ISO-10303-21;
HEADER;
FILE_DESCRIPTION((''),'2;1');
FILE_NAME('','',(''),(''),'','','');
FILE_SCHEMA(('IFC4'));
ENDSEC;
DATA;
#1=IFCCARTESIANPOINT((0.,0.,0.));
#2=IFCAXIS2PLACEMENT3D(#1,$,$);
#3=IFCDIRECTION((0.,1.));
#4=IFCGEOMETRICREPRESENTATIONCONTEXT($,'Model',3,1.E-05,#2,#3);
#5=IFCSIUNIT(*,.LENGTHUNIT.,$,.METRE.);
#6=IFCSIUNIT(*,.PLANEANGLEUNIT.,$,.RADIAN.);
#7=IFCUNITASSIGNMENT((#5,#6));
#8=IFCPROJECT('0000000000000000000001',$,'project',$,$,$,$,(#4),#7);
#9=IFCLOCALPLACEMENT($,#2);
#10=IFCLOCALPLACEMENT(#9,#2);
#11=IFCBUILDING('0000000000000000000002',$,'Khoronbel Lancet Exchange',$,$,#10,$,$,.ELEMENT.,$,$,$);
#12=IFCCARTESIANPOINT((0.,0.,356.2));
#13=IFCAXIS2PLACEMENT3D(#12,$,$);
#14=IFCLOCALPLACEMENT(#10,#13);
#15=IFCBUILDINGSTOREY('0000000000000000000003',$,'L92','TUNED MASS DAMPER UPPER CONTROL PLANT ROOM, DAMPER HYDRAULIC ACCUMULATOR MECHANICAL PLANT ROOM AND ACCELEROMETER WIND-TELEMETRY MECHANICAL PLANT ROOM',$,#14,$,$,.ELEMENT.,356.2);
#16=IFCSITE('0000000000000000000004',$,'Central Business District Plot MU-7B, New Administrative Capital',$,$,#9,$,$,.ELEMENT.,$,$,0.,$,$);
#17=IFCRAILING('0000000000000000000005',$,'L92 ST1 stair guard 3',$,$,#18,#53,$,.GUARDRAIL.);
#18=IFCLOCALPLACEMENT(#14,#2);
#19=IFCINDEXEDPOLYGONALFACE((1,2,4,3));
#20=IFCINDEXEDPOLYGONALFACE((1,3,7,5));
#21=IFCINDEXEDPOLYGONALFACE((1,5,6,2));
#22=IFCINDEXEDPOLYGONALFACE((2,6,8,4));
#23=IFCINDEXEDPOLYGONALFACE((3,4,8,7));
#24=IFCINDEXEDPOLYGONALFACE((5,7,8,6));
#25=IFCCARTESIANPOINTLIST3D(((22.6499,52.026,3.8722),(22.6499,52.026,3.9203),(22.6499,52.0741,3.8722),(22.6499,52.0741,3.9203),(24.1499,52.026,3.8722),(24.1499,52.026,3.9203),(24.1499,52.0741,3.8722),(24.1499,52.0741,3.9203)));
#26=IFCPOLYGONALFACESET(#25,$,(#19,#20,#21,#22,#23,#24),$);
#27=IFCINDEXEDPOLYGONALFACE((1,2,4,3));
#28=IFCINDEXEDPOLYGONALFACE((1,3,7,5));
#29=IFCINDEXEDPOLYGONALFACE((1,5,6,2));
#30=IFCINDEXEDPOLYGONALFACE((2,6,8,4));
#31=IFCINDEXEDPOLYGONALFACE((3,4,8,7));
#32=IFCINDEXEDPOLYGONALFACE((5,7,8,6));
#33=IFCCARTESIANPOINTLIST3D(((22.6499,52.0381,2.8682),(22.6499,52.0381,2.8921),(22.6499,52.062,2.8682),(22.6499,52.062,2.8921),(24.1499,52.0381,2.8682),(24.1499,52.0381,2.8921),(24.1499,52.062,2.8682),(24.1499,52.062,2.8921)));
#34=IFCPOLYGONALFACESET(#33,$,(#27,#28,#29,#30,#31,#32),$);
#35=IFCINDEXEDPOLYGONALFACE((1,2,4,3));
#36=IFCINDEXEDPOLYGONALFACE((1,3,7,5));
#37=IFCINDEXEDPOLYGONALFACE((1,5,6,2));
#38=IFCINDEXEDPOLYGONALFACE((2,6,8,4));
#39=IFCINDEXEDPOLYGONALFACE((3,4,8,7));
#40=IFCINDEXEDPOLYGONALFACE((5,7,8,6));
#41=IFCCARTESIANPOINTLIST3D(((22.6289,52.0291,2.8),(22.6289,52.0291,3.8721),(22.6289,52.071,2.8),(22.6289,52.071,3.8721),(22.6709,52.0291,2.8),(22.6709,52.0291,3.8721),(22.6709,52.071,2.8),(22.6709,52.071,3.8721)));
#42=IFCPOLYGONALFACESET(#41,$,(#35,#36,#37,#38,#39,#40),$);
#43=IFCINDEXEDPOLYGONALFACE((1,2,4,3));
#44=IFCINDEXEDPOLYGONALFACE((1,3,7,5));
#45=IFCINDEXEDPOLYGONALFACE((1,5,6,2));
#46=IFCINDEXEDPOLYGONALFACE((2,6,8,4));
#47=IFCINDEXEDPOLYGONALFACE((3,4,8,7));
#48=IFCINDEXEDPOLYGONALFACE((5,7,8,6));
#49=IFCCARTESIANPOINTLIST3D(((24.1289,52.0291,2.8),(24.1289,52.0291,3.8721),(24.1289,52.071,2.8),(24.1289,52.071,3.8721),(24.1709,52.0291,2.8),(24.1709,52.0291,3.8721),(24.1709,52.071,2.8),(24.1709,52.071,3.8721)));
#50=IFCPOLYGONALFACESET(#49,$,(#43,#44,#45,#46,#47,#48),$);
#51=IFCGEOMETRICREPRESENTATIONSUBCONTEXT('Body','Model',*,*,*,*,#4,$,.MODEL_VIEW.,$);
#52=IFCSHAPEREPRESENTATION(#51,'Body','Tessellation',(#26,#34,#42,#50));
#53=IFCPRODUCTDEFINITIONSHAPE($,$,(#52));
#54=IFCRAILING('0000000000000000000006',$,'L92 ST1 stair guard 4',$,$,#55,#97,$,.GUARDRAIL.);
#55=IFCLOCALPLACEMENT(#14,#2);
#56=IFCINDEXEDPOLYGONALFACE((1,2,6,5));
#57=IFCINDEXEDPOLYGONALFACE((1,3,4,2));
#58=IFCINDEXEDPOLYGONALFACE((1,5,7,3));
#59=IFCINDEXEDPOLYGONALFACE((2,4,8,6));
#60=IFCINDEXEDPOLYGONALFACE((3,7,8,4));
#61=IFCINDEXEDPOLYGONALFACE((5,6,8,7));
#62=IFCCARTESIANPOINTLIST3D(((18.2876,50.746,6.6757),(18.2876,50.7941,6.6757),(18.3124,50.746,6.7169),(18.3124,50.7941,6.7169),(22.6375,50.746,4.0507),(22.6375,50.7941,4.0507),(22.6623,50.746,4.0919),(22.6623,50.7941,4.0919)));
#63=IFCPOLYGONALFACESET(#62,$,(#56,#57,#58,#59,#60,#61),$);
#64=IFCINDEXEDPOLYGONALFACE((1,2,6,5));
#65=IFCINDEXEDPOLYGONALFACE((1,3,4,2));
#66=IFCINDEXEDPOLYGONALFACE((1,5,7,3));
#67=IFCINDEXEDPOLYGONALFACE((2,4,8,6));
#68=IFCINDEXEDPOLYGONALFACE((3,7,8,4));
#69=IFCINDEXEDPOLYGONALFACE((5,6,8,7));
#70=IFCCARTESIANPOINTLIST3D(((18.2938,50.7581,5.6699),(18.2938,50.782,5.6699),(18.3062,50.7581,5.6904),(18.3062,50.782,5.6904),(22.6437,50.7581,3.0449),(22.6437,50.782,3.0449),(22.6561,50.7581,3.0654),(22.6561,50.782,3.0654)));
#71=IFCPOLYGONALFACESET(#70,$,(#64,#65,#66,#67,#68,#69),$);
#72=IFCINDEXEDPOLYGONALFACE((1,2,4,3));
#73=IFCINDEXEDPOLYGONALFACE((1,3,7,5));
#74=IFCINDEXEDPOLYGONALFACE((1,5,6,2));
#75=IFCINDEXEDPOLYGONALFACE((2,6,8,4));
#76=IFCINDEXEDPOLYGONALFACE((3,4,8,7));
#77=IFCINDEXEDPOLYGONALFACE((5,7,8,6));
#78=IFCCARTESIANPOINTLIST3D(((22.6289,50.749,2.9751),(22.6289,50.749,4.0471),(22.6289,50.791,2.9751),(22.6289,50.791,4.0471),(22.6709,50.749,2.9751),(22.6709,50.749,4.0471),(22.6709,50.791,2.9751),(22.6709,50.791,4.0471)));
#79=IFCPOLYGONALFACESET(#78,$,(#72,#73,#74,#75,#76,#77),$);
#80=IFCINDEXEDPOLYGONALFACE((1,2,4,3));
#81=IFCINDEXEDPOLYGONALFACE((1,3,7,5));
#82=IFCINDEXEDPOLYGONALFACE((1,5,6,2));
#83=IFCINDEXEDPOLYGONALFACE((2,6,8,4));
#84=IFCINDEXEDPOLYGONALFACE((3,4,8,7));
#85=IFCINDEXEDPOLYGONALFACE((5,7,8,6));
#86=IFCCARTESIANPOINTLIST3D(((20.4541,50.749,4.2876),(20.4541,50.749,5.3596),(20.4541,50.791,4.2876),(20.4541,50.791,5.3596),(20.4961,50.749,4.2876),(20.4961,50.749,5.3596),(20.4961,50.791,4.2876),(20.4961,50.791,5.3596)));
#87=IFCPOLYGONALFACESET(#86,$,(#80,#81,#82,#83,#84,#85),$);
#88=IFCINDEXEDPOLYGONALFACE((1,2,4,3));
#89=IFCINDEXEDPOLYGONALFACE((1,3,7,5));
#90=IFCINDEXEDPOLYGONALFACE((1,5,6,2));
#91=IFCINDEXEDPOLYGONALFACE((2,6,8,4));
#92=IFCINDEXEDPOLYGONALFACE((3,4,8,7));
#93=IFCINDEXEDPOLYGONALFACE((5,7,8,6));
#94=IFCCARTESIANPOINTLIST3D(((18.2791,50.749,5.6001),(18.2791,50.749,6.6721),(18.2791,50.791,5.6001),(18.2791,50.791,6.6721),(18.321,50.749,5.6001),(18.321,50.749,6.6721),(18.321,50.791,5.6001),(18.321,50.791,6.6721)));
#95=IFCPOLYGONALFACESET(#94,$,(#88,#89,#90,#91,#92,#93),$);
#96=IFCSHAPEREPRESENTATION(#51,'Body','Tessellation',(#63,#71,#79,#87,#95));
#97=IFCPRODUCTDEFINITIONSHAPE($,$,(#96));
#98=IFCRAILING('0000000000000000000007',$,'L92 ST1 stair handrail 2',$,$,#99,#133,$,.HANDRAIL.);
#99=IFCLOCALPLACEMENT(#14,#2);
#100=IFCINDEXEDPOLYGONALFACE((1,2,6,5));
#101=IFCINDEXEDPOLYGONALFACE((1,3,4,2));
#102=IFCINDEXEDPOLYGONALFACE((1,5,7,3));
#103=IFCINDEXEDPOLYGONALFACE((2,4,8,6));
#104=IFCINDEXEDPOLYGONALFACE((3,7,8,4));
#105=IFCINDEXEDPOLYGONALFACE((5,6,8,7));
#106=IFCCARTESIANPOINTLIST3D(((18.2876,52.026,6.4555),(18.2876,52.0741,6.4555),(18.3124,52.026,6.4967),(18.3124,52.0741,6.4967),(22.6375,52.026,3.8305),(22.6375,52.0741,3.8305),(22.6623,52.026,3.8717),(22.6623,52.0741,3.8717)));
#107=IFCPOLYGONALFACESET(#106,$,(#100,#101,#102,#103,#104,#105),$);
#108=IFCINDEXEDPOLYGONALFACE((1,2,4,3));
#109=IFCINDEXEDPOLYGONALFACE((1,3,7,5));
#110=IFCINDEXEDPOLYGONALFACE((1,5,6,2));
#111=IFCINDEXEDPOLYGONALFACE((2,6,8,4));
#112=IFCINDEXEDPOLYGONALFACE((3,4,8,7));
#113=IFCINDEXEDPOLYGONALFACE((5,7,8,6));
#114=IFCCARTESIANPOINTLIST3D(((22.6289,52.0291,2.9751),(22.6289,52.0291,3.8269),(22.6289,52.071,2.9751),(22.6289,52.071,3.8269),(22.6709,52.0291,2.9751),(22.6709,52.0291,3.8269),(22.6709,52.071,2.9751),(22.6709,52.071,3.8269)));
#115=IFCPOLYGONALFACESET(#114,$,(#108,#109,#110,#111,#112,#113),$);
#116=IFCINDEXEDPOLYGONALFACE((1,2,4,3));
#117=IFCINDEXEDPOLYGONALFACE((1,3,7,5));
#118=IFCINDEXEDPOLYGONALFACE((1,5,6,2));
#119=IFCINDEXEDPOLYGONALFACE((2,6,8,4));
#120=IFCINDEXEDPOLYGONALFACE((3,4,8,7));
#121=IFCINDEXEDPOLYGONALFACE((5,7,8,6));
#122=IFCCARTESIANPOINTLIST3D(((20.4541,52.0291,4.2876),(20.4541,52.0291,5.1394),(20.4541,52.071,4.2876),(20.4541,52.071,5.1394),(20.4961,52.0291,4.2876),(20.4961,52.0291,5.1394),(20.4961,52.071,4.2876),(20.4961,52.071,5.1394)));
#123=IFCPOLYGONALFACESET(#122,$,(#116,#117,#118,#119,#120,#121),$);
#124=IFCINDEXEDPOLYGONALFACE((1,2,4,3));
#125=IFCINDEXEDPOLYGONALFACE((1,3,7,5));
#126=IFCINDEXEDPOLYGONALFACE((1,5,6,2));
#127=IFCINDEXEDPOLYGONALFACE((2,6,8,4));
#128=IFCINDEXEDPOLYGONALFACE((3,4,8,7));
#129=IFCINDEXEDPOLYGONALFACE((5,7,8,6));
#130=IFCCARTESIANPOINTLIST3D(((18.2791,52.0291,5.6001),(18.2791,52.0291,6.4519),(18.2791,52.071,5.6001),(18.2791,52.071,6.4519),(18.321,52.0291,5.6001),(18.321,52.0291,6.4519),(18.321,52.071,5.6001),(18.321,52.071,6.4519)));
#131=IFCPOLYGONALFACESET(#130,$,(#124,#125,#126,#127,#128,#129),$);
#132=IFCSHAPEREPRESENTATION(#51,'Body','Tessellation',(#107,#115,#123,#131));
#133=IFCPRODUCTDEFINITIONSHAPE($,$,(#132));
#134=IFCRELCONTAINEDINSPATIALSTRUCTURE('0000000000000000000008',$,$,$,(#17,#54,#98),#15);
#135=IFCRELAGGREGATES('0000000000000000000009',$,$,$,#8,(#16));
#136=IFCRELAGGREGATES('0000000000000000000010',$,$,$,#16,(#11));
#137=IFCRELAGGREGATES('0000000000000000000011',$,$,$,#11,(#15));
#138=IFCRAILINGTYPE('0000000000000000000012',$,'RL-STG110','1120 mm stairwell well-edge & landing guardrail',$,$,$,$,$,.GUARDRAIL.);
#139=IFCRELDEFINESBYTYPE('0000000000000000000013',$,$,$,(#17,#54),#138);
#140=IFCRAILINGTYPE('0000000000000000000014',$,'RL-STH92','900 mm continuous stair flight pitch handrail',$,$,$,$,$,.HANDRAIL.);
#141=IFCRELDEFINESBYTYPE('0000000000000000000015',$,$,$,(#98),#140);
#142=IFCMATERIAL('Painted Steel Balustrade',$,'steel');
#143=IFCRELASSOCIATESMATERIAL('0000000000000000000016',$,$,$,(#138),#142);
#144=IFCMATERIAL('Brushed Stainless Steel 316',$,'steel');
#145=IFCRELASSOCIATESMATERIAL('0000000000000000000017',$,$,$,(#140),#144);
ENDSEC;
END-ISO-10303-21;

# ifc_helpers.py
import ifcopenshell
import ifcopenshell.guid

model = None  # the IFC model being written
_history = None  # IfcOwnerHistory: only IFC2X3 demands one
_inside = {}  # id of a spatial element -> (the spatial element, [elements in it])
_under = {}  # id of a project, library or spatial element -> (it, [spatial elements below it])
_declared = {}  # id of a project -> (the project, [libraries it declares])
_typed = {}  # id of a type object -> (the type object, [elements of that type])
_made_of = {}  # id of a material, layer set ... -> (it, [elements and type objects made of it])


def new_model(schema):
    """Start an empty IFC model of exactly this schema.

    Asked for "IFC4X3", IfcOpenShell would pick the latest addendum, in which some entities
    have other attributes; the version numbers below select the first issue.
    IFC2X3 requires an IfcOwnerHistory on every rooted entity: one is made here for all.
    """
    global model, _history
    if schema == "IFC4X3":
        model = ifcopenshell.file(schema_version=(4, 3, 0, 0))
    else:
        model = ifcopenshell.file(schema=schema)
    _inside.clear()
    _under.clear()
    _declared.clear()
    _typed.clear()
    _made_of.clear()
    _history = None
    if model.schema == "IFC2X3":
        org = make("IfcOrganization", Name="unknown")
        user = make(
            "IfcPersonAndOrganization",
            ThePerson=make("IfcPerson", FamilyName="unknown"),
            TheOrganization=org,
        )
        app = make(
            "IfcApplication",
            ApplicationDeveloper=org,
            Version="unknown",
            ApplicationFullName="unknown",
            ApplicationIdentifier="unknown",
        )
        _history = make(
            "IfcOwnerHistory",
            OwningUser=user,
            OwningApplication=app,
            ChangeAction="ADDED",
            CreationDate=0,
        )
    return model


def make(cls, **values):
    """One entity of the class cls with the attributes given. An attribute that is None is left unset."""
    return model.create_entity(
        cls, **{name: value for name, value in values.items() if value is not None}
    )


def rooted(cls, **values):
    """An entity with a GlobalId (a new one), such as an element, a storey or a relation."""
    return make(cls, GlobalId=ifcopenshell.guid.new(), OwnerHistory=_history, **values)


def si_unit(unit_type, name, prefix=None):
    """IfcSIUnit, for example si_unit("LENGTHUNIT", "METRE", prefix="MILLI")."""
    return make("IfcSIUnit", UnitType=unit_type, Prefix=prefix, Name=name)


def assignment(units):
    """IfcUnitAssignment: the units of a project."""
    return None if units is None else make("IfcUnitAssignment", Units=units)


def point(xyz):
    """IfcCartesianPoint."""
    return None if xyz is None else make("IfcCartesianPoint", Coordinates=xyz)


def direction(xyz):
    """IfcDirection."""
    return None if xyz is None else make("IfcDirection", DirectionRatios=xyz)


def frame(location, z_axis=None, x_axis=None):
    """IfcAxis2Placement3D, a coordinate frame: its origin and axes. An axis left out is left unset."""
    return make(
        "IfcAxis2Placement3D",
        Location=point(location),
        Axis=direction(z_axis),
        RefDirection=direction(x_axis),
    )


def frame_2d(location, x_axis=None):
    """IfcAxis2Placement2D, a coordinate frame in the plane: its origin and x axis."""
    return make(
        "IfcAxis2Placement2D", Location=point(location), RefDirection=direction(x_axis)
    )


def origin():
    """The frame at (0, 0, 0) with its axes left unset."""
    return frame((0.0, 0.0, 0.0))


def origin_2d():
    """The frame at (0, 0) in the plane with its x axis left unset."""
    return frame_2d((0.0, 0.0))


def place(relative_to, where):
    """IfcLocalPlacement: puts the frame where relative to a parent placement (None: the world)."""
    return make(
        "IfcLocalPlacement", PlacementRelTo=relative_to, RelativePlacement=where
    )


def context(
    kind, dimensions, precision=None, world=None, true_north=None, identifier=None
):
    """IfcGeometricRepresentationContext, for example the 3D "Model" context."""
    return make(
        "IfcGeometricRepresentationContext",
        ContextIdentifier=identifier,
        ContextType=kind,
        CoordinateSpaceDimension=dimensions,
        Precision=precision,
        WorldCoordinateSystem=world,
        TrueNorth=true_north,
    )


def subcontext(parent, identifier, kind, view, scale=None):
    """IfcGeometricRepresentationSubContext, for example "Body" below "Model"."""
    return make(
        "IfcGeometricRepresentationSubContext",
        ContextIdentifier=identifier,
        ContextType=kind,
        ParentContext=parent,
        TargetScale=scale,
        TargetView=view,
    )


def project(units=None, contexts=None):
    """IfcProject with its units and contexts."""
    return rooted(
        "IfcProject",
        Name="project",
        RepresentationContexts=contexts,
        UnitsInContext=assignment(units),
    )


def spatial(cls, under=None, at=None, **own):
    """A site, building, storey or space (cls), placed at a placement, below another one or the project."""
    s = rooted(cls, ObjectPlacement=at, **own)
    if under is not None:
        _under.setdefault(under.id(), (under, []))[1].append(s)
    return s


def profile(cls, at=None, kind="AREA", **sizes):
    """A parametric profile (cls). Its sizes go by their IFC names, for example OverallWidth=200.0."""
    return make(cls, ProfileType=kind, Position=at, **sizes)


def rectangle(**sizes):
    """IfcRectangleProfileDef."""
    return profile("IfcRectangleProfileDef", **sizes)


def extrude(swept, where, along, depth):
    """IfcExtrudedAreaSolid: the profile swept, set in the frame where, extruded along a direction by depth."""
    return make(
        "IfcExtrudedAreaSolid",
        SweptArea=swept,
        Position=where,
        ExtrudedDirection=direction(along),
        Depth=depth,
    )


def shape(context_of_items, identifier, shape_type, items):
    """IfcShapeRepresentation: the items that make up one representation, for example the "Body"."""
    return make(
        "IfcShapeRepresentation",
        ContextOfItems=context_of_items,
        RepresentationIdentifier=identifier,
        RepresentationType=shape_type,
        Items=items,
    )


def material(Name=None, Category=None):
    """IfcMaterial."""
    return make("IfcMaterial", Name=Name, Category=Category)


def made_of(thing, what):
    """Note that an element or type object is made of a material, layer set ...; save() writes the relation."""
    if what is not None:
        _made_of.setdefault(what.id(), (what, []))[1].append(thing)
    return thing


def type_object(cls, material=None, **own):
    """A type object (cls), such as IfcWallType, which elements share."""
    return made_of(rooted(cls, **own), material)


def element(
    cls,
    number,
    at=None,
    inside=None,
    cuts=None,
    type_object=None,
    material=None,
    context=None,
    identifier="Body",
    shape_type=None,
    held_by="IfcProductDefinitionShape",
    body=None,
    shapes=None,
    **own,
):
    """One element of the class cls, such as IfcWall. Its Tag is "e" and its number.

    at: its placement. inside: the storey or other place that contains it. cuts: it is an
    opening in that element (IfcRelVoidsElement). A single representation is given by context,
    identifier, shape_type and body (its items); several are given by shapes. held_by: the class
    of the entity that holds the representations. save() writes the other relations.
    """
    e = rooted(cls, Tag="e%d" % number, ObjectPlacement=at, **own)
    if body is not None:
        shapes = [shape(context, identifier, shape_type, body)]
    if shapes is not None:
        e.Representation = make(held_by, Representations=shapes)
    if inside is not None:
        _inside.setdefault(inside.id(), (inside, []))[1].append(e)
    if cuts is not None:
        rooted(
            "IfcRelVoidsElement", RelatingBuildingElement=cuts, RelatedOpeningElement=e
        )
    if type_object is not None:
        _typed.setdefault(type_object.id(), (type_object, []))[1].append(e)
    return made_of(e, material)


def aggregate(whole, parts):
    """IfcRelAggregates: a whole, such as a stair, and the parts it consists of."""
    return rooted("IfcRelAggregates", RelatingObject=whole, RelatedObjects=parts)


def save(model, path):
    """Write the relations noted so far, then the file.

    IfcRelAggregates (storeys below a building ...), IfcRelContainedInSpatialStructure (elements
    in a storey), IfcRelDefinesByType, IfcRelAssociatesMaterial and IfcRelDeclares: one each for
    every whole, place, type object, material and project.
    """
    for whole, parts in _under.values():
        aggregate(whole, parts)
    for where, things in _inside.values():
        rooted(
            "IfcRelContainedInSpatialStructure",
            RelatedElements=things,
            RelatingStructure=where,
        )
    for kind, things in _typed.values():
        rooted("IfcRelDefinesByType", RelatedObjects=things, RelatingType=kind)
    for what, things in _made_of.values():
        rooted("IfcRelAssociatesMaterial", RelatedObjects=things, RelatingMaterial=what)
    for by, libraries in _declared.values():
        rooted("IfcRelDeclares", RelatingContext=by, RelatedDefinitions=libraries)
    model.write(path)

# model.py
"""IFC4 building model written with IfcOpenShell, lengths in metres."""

from ifc_helpers import new_model, si_unit, direction, frame, origin, origin_2d, place, context, subcontext, project, spatial, rectangle, extrude, material, type_object, element, save


model = new_model("IFC4")

# Units and contexts
model_context = context("Model", 3, precision=1e-05, world=origin(), true_north=direction((0.0, 1.0)))
body_context = subcontext(model_context, "Body", "Model", "MODEL_VIEW")
ifc_project = project(units=[si_unit("LENGTHUNIT", "METRE"), si_unit("PLANEANGLEUNIT", "RADIAN")], contexts=[model_context])

# Site, building, storey
site_placement = place(None, origin())
site = spatial("IfcSite", under=ifc_project, at=site_placement, Name="Central Business District Plot MU-7B, New Administrative Capital", CompositionType="ELEMENT", RefElevation=0.0)
building_placement = place(site_placement, origin())
building = spatial("IfcBuilding", under=site, at=building_placement, Name="Khoronbel Lancet Exchange", CompositionType="ELEMENT")
storey_placement = place(building_placement, frame((0.0, 0.0, 356.2)))
storey = spatial("IfcBuildingStorey", under=building, at=storey_placement, Name="L92", Description="TUNED MASS DAMPER UPPER CONTROL PLANT ROOM, DAMPER HYDRAULIC ACCUMULATOR MECHANICAL PLANT ROOM AND ACCELEROMETER WIND-TELEMETRY MECHANICAL PLANT ROOM", CompositionType="ELEMENT", Elevation=356.2)

# Railings
ifc_material_1 = material(Name="Painted Steel Balustrade", Category="steel")
railing_type_1 = type_object("IfcRailingType", Name="RL-STG110", Description="1120 mm stairwell well-edge & landing guardrail", PredefinedType="GUARDRAIL", material=ifc_material_1)
railing_1_placement = place(storey_placement, frame((22.6499, 52.05, 2.8)))
element("IfcRailing", 1, at=railing_1_placement, inside=storey, type_object=railing_type_1, Name="L92 ST1 stair guard 3", PredefinedType="GUARDRAIL", context=body_context, shape_type="SweptSolid", body=[
    extrude(rectangle(XDim=0.0481, YDim=0.0481, at=origin_2d()), frame((0.0, 0.0, 1.0962), z_axis=(1.0, 0.0, 0.0), x_axis=(0.0, 1.0, 0.0)), (0.0, 0.0, 1.0), 1.5),
    extrude(rectangle(XDim=0.0239, YDim=0.0239, at=origin_2d()), frame((0.0, 0.0, 0.0801), z_axis=(1.0, 0.0, 0.0), x_axis=(0.0, 1.0, 0.0)), (0.0, 0.0, 1.0), 1.5),
    extrude(rectangle(XDim=0.042, YDim=0.042, at=origin_2d()), origin(), (0.0, 0.0, 1.0), 1.072),
    extrude(rectangle(XDim=0.042, YDim=0.042, at=origin_2d()), frame((1.5, 0.0, 0.0)), (0.0, 0.0, 1.0), 1.072),
])
railing_2_placement = place(storey_placement, frame((22.6499, 50.77, 2.9751)))
element("IfcRailing", 2, at=railing_2_placement, inside=storey, type_object=railing_type_1, Name="L92 ST1 stair guard 4", PredefinedType="GUARDRAIL", context=body_context, shape_type="SweptSolid", body=[
    extrude(rectangle(XDim=0.0481, YDim=0.0481, at=origin_2d()), frame((0.0, 0.0, 1.0962), z_axis=(-0.85618, 0.0, 0.516678), x_axis=(0.0, -1.0, 0.0)), (0.0, 0.0, 1.0), 5.0806),
    extrude(rectangle(XDim=0.0239, YDim=0.0239, at=origin_2d()), frame((0.0, 0.0, 0.0801), z_axis=(-0.85618, 0.0, 0.516678), x_axis=(0.0, -1.0, 0.0)), (0.0, 0.0, 1.0), 5.0806),
    extrude(rectangle(XDim=0.042, YDim=0.042, at=origin_2d()), origin(), (0.0, 0.0, 1.0), 1.072),
    extrude(rectangle(XDim=0.042, YDim=0.042, at=origin_2d()), frame((-2.1748, 0.0, 1.3125)), (0.0, 0.0, 1.0), 1.072),
    extrude(rectangle(XDim=0.042, YDim=0.042, at=origin_2d()), frame((-4.3499, 0.0, 2.625)), (0.0, 0.0, 1.0), 1.072),
])
ifc_material_2 = material(Name="Brushed Stainless Steel 316", Category="steel")
railing_type_2 = type_object("IfcRailingType", Name="RL-STH92", Description="900 mm continuous stair flight pitch handrail", PredefinedType="HANDRAIL", material=ifc_material_2)
railing_3_placement = place(storey_placement, frame((22.6499, 52.05, 2.9751)))
element("IfcRailing", 3, at=railing_3_placement, inside=storey, type_object=railing_type_2, Name="L92 ST1 stair handrail 2", PredefinedType="HANDRAIL", context=body_context, shape_type="SweptSolid", body=[
    extrude(rectangle(XDim=0.0481, YDim=0.0481, at=origin_2d()), frame((0.0, 0.0, 0.876), z_axis=(-0.85618, 0.0, 0.516678), x_axis=(0.0, -1.0, 0.0)), (0.0, 0.0, 1.0), 5.0806),
    extrude(rectangle(XDim=0.042, YDim=0.042, at=origin_2d()), origin(), (0.0, 0.0, 1.0), 0.8518),
    extrude(rectangle(XDim=0.042, YDim=0.042, at=origin_2d()), frame((-2.1748, 0.0, 1.3125)), (0.0, 0.0, 1.0), 0.8518),
    extrude(rectangle(XDim=0.042, YDim=0.042, at=origin_2d()), frame((-4.3499, 0.0, 2.625)), (0.0, 0.0, 1.0), 0.8518),
])

save(model, "model.ifc")
